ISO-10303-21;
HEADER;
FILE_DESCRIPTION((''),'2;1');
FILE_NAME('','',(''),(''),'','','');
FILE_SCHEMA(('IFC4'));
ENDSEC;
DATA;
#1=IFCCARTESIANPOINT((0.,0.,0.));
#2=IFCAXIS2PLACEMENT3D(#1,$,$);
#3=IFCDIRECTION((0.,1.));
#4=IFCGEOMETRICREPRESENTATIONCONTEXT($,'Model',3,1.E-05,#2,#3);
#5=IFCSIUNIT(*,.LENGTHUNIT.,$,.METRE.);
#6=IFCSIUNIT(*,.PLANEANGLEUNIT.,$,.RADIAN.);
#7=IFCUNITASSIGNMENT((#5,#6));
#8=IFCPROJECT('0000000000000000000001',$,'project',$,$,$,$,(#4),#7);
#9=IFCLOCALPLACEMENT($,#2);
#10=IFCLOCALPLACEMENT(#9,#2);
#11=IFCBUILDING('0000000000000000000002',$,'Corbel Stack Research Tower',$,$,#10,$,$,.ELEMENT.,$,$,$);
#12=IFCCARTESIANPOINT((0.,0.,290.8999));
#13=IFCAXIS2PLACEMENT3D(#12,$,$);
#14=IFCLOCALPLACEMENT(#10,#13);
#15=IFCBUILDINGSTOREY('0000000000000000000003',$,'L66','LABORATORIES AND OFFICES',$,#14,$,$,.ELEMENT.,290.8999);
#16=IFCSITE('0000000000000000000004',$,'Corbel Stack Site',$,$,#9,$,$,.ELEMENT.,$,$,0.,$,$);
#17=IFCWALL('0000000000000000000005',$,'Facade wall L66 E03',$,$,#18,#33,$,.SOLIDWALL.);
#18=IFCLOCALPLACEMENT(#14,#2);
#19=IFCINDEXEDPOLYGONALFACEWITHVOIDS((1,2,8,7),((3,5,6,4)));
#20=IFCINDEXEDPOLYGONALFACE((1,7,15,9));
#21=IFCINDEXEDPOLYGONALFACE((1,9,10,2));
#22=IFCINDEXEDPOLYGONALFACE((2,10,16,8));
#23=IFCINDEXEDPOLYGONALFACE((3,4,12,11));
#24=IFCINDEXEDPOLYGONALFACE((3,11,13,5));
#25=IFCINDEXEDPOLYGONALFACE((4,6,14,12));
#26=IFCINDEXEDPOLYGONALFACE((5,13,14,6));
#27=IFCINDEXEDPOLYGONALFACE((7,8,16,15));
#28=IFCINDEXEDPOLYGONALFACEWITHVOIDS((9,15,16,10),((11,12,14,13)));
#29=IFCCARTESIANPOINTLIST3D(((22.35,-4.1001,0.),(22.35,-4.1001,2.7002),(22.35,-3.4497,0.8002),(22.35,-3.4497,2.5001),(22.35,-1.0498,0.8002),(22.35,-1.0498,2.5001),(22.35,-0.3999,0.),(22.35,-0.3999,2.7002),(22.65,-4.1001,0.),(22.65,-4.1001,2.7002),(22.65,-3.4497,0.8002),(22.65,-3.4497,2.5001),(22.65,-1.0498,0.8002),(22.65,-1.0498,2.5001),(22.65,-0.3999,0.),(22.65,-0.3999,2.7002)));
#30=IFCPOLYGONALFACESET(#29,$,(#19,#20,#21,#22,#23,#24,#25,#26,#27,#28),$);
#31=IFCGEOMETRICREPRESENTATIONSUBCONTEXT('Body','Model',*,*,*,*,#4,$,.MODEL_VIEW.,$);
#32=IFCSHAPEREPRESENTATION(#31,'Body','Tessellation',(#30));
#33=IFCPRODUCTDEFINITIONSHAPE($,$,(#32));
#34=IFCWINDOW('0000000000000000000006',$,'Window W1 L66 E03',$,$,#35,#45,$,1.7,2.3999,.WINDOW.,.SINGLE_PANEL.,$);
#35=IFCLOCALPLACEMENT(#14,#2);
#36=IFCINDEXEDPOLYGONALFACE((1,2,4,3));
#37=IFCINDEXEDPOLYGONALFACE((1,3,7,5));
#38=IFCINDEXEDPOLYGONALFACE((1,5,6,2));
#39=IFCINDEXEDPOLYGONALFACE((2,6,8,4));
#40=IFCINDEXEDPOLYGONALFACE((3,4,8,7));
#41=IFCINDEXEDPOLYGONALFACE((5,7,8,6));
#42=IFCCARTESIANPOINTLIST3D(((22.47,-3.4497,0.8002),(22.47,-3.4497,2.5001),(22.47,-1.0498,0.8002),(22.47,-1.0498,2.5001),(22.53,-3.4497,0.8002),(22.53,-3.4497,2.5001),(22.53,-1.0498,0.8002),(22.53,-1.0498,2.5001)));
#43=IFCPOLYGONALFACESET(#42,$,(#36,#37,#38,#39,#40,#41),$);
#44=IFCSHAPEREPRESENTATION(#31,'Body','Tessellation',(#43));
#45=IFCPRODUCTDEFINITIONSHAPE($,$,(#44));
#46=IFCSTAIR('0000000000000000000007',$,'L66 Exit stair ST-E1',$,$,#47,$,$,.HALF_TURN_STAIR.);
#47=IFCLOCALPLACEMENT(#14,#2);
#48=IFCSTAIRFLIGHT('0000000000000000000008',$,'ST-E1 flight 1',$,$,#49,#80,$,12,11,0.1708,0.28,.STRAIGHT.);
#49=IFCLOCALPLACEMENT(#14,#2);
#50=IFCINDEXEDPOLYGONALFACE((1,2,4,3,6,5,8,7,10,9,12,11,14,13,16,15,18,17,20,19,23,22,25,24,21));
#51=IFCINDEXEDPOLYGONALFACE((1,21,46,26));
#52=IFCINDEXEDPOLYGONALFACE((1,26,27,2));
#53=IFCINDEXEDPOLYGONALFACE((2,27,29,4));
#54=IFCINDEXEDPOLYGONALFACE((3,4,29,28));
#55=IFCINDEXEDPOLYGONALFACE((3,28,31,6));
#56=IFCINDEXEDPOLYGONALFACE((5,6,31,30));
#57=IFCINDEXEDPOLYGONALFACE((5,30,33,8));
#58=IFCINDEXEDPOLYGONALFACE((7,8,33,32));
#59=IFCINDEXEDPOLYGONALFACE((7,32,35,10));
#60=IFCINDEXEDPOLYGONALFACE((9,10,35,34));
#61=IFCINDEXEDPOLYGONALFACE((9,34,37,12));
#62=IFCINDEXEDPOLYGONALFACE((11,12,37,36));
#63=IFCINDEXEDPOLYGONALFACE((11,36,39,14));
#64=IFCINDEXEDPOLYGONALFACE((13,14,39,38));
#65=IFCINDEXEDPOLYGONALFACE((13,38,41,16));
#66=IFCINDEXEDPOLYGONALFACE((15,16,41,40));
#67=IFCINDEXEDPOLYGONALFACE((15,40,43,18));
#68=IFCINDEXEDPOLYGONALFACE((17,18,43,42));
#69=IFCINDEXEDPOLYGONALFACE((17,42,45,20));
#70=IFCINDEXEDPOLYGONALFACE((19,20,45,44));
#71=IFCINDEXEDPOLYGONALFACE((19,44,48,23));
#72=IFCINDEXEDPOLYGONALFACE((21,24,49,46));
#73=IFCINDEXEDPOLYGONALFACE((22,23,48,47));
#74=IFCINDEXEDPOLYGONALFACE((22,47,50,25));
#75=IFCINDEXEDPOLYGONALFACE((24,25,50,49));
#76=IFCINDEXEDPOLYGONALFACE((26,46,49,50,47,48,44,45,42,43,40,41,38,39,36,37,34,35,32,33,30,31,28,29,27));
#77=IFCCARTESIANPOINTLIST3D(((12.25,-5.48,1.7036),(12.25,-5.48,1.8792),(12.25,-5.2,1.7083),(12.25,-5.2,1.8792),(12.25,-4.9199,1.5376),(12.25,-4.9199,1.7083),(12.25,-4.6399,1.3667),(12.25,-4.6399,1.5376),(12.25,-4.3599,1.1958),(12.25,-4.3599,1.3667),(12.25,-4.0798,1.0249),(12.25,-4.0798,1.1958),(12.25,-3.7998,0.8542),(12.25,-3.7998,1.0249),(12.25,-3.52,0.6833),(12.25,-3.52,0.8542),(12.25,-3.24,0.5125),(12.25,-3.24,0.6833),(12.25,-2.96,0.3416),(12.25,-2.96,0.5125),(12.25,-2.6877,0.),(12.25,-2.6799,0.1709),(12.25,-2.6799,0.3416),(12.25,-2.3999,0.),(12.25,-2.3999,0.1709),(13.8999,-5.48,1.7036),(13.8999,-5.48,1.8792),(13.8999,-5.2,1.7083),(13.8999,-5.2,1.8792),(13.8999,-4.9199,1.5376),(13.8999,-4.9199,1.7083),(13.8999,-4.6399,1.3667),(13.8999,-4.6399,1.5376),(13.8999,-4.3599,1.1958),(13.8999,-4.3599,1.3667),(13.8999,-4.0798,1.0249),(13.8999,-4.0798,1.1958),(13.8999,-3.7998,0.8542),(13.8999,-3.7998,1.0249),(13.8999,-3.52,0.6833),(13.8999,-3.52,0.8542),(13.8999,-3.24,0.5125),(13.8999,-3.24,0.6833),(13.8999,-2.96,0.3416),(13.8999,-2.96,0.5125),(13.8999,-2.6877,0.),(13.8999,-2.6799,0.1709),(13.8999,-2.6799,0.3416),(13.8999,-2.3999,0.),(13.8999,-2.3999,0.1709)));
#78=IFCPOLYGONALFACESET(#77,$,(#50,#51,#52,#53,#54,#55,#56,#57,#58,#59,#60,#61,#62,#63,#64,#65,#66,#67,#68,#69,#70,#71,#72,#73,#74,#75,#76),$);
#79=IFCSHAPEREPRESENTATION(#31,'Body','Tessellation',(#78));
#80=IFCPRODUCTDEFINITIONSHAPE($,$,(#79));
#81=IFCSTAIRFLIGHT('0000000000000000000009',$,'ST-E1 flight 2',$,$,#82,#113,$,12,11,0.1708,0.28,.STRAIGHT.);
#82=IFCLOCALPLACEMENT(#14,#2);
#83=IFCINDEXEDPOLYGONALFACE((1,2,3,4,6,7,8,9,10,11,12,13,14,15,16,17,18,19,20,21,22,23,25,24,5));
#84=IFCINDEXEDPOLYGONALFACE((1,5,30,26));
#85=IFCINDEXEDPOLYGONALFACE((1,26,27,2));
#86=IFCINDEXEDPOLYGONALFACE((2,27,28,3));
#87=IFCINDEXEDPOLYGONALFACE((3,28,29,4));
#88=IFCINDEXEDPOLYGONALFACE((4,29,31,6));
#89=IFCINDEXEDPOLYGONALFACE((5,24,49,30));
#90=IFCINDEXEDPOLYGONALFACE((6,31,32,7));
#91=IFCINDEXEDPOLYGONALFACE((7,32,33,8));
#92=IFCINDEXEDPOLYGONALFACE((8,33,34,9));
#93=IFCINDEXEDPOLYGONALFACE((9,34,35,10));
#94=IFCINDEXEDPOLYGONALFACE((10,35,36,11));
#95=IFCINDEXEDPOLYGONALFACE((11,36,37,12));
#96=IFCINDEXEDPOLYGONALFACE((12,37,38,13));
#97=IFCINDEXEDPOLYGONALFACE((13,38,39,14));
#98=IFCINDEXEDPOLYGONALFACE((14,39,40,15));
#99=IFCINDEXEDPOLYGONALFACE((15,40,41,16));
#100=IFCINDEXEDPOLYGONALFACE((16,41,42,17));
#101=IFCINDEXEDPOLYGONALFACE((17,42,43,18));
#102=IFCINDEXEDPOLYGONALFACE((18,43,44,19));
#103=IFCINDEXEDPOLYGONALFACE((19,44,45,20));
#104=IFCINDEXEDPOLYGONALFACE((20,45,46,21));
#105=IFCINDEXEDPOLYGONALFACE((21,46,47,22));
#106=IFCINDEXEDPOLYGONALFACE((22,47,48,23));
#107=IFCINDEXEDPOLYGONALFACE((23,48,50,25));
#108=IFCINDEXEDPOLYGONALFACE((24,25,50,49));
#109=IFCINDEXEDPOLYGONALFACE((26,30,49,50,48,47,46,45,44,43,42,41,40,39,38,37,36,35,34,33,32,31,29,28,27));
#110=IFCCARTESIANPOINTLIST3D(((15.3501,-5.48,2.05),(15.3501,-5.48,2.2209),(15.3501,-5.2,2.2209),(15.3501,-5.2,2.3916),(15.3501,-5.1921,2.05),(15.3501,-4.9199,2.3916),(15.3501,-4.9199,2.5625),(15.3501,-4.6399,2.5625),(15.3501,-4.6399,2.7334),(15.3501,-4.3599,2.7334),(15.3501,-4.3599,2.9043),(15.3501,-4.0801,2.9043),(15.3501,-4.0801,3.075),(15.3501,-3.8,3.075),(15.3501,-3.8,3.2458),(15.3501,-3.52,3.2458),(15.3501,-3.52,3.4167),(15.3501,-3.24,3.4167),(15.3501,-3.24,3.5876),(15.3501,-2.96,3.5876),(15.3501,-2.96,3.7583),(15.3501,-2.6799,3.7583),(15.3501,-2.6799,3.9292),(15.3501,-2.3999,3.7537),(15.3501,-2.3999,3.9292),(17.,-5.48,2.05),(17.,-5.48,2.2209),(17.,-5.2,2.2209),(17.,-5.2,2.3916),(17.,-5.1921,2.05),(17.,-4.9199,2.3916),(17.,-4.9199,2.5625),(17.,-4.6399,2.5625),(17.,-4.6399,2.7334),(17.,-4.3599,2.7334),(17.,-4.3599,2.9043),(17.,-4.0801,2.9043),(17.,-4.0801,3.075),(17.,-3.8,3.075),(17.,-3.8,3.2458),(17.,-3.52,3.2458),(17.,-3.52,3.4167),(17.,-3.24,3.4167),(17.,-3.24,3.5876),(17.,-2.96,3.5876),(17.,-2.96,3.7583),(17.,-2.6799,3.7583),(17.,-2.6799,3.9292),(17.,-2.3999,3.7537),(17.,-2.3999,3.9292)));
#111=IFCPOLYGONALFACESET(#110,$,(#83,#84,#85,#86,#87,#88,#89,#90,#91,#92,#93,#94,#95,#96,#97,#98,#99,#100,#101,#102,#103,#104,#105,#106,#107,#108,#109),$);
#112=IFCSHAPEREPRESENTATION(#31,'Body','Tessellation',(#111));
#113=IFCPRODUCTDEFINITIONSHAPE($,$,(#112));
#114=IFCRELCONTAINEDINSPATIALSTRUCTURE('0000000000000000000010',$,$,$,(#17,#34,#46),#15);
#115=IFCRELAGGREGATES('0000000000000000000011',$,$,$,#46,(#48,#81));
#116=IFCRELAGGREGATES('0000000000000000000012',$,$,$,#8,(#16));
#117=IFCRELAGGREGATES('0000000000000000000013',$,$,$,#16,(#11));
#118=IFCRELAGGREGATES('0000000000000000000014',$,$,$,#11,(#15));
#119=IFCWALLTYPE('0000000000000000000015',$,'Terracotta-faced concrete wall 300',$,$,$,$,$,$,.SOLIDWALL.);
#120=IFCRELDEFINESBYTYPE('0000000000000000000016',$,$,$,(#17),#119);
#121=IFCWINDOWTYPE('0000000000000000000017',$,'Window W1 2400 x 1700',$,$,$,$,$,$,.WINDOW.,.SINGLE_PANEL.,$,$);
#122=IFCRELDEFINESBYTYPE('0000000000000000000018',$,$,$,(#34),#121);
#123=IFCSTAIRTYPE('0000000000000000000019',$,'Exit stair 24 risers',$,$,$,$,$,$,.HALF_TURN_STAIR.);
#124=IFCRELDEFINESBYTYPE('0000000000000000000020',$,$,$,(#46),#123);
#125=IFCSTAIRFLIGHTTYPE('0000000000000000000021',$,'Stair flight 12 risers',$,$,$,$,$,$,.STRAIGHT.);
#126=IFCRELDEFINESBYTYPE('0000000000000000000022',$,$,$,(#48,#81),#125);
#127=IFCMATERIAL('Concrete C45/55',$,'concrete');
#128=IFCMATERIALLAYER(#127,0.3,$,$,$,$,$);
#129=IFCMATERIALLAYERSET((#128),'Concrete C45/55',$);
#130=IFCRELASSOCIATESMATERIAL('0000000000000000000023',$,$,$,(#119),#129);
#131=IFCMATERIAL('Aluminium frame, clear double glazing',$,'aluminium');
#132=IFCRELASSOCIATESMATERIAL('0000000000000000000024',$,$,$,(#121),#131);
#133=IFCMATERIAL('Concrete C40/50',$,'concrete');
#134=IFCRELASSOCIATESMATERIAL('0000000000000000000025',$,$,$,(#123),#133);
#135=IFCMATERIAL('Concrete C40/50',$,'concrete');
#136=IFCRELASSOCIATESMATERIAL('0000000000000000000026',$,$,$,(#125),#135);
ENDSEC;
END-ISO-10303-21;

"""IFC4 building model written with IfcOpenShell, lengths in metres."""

from ifc_helpers import new_model, si_unit, direction, frame, frame_2d, origin, place, context, subcontext, project, spatial, polyline, rectangle, outline, extrude, material, layer, layer_set, type_object, element, fill, aggregate, save


model = new_model("IFC4")

# Units and contexts
model_context = context("Model", 3, precision=1e-05, world=origin(), true_north=direction((0.0, 1.0)))
body_context = subcontext(model_context, "Body", "Model", "MODEL_VIEW")
ifc_project = project(units=[si_unit("LENGTHUNIT", "METRE"), si_unit("PLANEANGLEUNIT", "RADIAN")], contexts=[model_context])

# Site, building, storey
site_placement = place(None, origin())
site = spatial("IfcSite", under=ifc_project, at=site_placement, Name="Corbel Stack Site", CompositionType="ELEMENT", RefElevation=0.0)
building_placement = place(site_placement, origin())
building = spatial("IfcBuilding", under=site, at=building_placement, Name="Corbel Stack Research Tower", CompositionType="ELEMENT")
storey_placement = place(building_placement, frame((0.0, 0.0, 290.8999)))
storey = spatial("IfcBuildingStorey", under=building, at=storey_placement, Name="L66", Description="LABORATORIES AND OFFICES", CompositionType="ELEMENT", Elevation=290.8999)

# Shared definitions
ifc_material_1 = material(Name="Concrete C45/55", Category="concrete")
ifc_layer_1 = layer(ifc_material_1, 0.3)
ifc_layer_set_1 = layer_set([ifc_layer_1], Name="Concrete C45/55")
wall_type_1 = type_object("IfcWallType", Name="Terracotta-faced concrete wall 300", PredefinedType="SOLIDWALL", material=ifc_layer_set_1)

# Wall, opening, window
wall_1_placement = place(storey_placement, frame((22.5, -0.3999, 0.0), z_axis=(0.0, 0.0, 1.0), x_axis=(0.0, -1.0, 0.0)))
wall_1 = element("IfcWall", 1, at=wall_1_placement, inside=storey, type_object=wall_type_1, Name="Facade wall L66 E03", PredefinedType="SOLIDWALL", context=body_context, shape_type="SweptSolid", body=[
    extrude(rectangle(XDim=3.7002, YDim=0.3, at=frame_2d((1.8501, 0.0))), origin(), (0.0, 0.0, 1.0), 2.7002),
])
opening_1_placement = place(wall_1_placement, frame((0.6499, 0.0, 0.8)))
opening_1 = element("IfcOpeningElement", 2, at=opening_1_placement, cuts=wall_1, PredefinedType="OPENING", context=body_context, shape_type="SweptSolid", body=[
    extrude(rectangle(XDim=2.3999, YDim=1.7, at=frame_2d((1.2, 0.8501))), frame((0.0, 0.1599, 0.0), z_axis=(0.0, -1.0, 0.0), x_axis=(1.0, 0.0, 0.0)), (0.0, 0.0, 1.0), 0.3201),
])
ifc_material_2 = material(Name="Aluminium frame, clear double glazing", Category="aluminium")
window_type = type_object("IfcWindowType", Name="Window W1 2400 x 1700", PartitioningType="SINGLE_PANEL", PredefinedType="WINDOW", material=ifc_material_2)
window_placement = place(opening_1_placement, origin())
window = element("IfcWindow", 3, at=window_placement, inside=storey, type_object=window_type, Name="Window W1 L66 E03", OverallHeight=1.7, OverallWidth=2.3999, PartitioningType="SINGLE_PANEL", PredefinedType="WINDOW", context=body_context, shape_type="SweptSolid", body=[
    extrude(rectangle(XDim=2.3999, YDim=1.7, at=frame_2d((1.2, 0.8501))), frame((0.0, 0.03, 0.0), z_axis=(0.0, -1.0, 0.0), x_axis=(1.0, 0.0, 0.0)), (0.0, 0.0, 1.0), 0.0601),
])
fill(opening_1, window)

# Stair, stair flights
ifc_material_3 = material(Name="Concrete C40/50", Category="concrete")
stair_type = type_object("IfcStairType", Name="Exit stair 24 risers", PredefinedType="HALF_TURN_STAIR", material=ifc_material_3)
stair_placement = place(storey_placement, origin())
stair = element("IfcStair", 4, at=stair_placement, inside=storey, type_object=stair_type, Name="L66 Exit stair ST-E1", PredefinedType="HALF_TURN_STAIR")
ifc_material_4 = material(Name="Concrete C40/50", Category="concrete")
stair_flight_type = type_object("IfcStairFlightType", Name="Stair flight 12 risers", PredefinedType="STRAIGHT", material=ifc_material_4)
stair_flight_1_placement = place(storey_placement, frame((13.075, -2.3999, 0.0), z_axis=(0.0, 0.0, 1.0), x_axis=(0.0, -1.0, 0.0)))
stair_flight_1 = element("IfcStairFlight", 5, at=stair_flight_1_placement, type_object=stair_flight_type, Name="ST-E1 flight 1", NumberOfRisers=12, NumberOfTreads=11, PredefinedType="STRAIGHT", RiserHeight=0.1708, TreadLength=0.28, context=body_context, shape_type="SweptSolid", body=[
    extrude(outline(polyline([(0.0, 0.0), (0.0, 0.1709), (0.28, 0.1709), (0.28, 0.3416), (0.5601, 0.3416), (0.5601, 0.5125), (0.8401, 0.5125), (0.8401, 0.6833), (1.1201, 0.6833), (1.1201, 0.8542), (1.3999, 0.8542), (1.3999, 1.0249), (1.6799, 1.0249), (1.6799, 1.1958), (1.96, 1.1958), (1.96, 1.3667), (2.24, 1.3667), (2.24, 1.5376), (2.52, 1.5376), (2.52, 1.7083), (2.8, 1.7083), (2.8, 1.8792), (3.0801, 1.8792), (3.0801, 2.05), (3.0801, 1.7036), (0.2878, 0.0), (0.0, 0.0)])), frame((0.0, 0.825, 0.0), z_axis=(0.0, -1.0, 0.0), x_axis=(1.0, 0.0, 0.0)), (0.0, 0.0, 1.0), 1.6499),
])
stair_flight_2_placement = place(storey_placement, frame((16.175, -5.48, 2.05), z_axis=(0.0, 0.0, 1.0), x_axis=(0.0, 1.0, 0.0)))
stair_flight_2 = element("IfcStairFlight", 6, at=stair_flight_2_placement, type_object=stair_flight_type, Name="ST-E1 flight 2", NumberOfRisers=12, NumberOfTreads=11, PredefinedType="STRAIGHT", RiserHeight=0.1708, TreadLength=0.28, context=body_context, shape_type="SweptSolid", body=[
    extrude(outline(polyline([(0.0, 0.0), (0.0, 0.1709), (0.28, 0.1709), (0.28, 0.3416), (0.5601, 0.3416), (0.5601, 0.5125), (0.8401, 0.5125), (0.8401, 0.6833), (1.1201, 0.6833), (1.1201, 0.8542), (1.3999, 0.8542), (1.3999, 1.0249), (1.6799, 1.0249), (1.6799, 1.1958), (1.96, 1.1958), (1.96, 1.3667), (2.24, 1.3667), (2.24, 1.5376), (2.52, 1.5376), (2.52, 1.7083), (2.8, 1.7083), (2.8, 1.8792), (3.0801, 1.8792), (3.0801, 2.05), (3.0801, 1.7036), (0.2878, 0.0), (0.0, 0.0)])), frame((0.0, 0.825, 0.0), z_axis=(0.0, -1.0, 0.0), x_axis=(1.0, 0.0, 0.0)), (0.0, 0.0, 1.0), 1.6499),
])
aggregate(stair, [stair_flight_1, stair_flight_2])

save(model, "model.ifc")
